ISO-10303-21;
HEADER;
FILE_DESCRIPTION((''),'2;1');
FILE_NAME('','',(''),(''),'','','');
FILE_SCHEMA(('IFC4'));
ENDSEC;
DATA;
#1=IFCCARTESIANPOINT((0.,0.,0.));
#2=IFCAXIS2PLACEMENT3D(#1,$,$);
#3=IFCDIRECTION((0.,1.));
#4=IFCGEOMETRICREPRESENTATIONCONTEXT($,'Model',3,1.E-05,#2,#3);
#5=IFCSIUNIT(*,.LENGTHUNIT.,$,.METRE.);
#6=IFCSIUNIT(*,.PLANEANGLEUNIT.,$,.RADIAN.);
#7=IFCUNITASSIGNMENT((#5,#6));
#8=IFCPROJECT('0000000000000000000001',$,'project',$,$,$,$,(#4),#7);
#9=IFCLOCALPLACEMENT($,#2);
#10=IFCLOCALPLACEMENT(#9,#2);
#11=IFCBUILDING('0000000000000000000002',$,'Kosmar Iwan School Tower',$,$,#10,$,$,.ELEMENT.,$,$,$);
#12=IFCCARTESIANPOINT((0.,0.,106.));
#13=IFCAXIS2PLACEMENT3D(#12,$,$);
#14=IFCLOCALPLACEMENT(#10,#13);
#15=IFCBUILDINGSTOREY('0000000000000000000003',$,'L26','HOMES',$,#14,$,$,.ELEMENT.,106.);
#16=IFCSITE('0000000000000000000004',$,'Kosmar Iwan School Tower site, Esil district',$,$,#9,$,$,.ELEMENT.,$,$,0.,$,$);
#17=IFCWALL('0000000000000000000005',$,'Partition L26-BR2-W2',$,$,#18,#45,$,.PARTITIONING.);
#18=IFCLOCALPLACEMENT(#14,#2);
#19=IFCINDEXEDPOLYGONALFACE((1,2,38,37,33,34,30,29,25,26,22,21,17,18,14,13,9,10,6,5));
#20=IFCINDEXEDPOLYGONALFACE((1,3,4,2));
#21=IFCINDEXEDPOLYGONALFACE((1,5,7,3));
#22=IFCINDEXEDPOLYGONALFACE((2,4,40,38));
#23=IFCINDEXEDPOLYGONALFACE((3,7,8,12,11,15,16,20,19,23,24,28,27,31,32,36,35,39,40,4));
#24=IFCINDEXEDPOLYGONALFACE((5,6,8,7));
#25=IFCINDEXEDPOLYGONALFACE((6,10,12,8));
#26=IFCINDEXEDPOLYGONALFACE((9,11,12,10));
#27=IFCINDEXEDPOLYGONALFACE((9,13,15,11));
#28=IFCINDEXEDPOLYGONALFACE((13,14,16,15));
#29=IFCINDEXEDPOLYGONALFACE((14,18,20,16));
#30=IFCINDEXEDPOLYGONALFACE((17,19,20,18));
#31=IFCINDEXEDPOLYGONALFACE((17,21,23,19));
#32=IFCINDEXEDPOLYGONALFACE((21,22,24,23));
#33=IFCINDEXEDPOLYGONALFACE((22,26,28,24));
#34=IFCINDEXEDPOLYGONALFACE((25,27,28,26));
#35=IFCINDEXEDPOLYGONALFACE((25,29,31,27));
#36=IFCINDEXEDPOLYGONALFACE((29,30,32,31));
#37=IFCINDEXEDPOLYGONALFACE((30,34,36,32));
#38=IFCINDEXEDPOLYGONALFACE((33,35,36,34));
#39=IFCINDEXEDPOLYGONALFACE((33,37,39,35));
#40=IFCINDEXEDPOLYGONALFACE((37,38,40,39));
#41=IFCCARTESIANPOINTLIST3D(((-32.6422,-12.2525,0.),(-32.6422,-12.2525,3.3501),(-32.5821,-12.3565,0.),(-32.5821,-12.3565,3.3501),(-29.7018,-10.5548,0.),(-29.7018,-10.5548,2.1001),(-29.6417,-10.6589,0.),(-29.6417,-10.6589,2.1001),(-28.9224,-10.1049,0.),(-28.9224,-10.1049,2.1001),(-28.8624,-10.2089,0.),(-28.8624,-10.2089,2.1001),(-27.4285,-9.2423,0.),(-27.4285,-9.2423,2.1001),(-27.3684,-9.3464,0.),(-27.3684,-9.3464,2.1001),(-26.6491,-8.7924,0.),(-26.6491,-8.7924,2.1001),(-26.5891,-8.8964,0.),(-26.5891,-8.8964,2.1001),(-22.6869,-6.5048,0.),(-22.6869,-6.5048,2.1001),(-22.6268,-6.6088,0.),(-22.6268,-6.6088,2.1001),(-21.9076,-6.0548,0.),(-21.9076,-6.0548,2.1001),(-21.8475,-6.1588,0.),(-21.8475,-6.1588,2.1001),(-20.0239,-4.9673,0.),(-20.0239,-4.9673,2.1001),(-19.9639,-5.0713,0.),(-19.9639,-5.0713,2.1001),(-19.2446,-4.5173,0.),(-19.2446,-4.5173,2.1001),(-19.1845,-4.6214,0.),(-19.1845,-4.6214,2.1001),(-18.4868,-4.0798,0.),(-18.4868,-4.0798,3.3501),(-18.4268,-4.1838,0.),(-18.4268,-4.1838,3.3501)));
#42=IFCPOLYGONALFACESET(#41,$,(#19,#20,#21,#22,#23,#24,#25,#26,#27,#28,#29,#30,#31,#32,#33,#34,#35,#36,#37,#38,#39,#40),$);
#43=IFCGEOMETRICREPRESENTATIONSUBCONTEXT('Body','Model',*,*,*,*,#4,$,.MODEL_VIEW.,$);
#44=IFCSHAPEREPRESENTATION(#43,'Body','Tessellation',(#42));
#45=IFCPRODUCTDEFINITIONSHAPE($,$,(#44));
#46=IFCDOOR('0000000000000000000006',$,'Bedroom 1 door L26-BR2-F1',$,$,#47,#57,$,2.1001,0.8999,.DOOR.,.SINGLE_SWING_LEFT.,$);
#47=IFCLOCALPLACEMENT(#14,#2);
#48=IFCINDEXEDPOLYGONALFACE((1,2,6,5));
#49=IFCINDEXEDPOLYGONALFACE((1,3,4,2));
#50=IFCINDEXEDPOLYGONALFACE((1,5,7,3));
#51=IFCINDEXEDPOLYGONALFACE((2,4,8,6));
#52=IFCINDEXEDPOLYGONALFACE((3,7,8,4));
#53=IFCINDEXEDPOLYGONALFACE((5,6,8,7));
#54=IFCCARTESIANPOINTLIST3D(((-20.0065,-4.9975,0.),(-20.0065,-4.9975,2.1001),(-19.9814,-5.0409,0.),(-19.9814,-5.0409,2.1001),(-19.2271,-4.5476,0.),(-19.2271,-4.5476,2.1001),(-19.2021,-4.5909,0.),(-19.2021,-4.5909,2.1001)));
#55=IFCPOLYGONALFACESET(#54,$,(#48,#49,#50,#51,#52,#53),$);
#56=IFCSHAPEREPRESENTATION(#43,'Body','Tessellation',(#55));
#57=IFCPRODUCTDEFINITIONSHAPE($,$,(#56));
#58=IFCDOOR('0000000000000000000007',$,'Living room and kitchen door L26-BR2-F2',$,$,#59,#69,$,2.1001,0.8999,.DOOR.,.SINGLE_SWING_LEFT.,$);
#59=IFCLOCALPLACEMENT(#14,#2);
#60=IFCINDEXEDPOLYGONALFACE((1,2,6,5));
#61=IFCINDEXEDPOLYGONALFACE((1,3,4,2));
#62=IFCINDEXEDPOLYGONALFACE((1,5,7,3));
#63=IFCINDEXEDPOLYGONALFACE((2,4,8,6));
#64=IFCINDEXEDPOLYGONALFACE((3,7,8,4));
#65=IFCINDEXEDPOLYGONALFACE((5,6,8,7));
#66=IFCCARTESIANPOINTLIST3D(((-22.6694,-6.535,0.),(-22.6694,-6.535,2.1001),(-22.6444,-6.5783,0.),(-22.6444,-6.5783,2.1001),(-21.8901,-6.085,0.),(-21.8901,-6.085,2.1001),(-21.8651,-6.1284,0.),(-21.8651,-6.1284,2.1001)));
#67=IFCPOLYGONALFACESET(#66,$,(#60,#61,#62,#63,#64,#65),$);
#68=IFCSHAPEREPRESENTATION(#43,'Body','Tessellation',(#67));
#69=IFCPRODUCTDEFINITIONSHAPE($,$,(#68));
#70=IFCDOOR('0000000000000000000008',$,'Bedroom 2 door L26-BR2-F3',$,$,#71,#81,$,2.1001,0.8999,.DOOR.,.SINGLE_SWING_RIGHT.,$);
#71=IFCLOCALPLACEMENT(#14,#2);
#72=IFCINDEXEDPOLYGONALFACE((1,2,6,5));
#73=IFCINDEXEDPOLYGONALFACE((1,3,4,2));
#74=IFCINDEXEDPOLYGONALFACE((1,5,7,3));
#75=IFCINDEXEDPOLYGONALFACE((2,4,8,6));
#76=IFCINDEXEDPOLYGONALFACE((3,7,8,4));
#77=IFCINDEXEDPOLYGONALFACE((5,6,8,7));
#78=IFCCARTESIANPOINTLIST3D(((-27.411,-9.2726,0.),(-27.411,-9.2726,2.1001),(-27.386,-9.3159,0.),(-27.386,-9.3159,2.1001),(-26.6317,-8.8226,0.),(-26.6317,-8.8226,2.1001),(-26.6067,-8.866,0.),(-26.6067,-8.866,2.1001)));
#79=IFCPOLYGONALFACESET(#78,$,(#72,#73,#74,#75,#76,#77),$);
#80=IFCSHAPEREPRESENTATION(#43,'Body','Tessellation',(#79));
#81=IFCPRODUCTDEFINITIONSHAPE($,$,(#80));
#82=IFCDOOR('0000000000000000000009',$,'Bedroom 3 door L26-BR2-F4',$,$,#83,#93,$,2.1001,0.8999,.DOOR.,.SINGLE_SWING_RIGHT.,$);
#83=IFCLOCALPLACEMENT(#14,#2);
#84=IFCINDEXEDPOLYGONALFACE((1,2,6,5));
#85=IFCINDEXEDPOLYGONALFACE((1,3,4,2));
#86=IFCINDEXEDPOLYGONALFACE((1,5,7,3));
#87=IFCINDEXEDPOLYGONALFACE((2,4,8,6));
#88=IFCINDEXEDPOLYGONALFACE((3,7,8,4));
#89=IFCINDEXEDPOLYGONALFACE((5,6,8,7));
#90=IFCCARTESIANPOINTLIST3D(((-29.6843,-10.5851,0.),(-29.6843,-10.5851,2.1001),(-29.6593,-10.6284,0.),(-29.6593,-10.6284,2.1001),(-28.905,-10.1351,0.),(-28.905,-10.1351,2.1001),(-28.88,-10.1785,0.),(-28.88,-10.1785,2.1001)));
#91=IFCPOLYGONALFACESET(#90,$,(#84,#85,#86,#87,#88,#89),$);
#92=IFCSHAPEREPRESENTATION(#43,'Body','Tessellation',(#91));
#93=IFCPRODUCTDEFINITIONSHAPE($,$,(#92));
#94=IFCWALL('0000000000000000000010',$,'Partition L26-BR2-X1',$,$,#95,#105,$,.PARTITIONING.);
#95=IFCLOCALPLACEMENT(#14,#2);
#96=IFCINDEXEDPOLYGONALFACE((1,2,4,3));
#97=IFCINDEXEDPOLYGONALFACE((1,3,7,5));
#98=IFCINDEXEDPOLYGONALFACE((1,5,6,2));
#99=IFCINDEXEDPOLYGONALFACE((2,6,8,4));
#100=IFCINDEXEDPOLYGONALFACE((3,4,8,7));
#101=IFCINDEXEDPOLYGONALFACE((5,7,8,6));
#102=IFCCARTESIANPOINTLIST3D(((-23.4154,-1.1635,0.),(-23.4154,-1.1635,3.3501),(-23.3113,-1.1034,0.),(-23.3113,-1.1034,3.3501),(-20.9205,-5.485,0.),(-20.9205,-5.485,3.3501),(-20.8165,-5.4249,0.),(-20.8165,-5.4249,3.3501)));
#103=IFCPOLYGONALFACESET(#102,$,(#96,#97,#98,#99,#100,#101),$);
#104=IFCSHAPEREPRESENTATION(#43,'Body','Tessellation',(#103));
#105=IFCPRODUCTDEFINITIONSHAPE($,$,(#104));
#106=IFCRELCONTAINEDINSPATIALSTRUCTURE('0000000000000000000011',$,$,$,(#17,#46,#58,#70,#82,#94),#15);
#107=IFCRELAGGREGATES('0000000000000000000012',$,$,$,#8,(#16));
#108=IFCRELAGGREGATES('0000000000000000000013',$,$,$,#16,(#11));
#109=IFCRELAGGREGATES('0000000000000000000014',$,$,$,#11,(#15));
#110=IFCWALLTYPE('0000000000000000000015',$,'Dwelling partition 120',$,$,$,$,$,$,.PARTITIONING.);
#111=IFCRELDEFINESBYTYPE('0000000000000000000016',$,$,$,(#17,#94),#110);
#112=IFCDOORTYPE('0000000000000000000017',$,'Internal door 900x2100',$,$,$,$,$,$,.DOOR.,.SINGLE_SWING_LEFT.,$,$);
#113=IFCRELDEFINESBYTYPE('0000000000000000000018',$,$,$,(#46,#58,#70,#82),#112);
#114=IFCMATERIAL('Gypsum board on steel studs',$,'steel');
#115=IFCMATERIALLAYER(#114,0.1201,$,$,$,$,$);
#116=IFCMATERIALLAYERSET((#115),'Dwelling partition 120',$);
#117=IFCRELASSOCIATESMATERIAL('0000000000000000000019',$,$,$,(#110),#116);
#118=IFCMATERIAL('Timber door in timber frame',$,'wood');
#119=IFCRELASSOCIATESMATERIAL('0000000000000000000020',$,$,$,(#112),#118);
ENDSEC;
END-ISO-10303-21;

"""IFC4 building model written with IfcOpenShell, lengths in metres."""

from ifc_helpers import new_model, si_unit, direction, frame, frame_2d, origin, place, context, subcontext, project, spatial, rectangle, extrude, material, layer, layer_set, type_object, element, fill, save


model = new_model("IFC4")

# Units and contexts
model_context = context("Model", 3, precision=1e-05, world=origin(), true_north=direction((0.0, 1.0)))
body_context = subcontext(model_context, "Body", "Model", "MODEL_VIEW")
ifc_project = project(units=[si_unit("LENGTHUNIT", "METRE"), si_unit("PLANEANGLEUNIT", "RADIAN")], contexts=[model_context])

# Site, building, storey
site_placement = place(None, origin())
site = spatial("IfcSite", under=ifc_project, at=site_placement, Name="Kosmar Iwan School Tower site, Esil district", CompositionType="ELEMENT", RefElevation=0.0)
building_placement = place(site_placement, origin())
building = spatial("IfcBuilding", under=site, at=building_placement, Name="Kosmar Iwan School Tower", CompositionType="ELEMENT")
storey_placement = place(building_placement, frame((0.0, 0.0, 106.0)))
storey = spatial("IfcBuildingStorey", under=building, at=storey_placement, Name="L26", Description="HOMES", CompositionType="ELEMENT", Elevation=106.0)

# Wall, openings, doors
ifc_material_1 = material(Name="Gypsum board on steel studs", Category="steel")
ifc_layer = layer(ifc_material_1, 0.1201)
ifc_layer_set = layer_set([ifc_layer], Name="Dwelling partition 120")
wall_type = type_object("IfcWallType", Name="Dwelling partition 120", PredefinedType="PARTITIONING", material=ifc_layer_set)
ifc_material_2 = material(Name="Timber door in timber frame", Category="wood")
door_type_1 = type_object("IfcDoorType", Name="Internal door 900x2100", OperationType="SINGLE_SWING_LEFT", PredefinedType="DOOR", material=ifc_material_2)
wall_1_placement = place(storey_placement, frame((-18.4568, -4.1318, 0.0), z_axis=(0.0, 0.0, 1.0), x_axis=(-0.866024, -0.500003, 0.0)))
wall_1 = element("IfcWall", 1, at=wall_1_placement, inside=storey, type_object=wall_type, Name="Partition L26-BR2-W2", PredefinedType="PARTITIONING", context=body_context, shape_type="SweptSolid", body=[
    extrude(rectangle(XDim=16.3452, YDim=0.1201, at=frame_2d((8.1726, 0.0))), origin(), (0.0, 0.0, 1.0), 3.3501),
])
opening_1_placement = place(wall_1_placement, frame((0.875, 0.0, 0.0)))
opening_1 = element("IfcOpeningElement", 2, at=opening_1_placement, cuts=wall_1, PredefinedType="OPENING", context=body_context, shape_type="SweptSolid", body=[
    extrude(rectangle(XDim=0.8999, YDim=2.1001, at=frame_2d((0.45, 1.05))), frame((0.0, 0.072, 0.0), z_axis=(0.0, -1.0, 0.0), x_axis=(1.0, 0.0, 0.0)), (0.0, 0.0, 1.0), 0.144),
])
opening_2_placement = place(wall_1_placement, frame((3.95, 0.0, 0.0)))
opening_2 = element("IfcOpeningElement", 3, at=opening_2_placement, cuts=wall_1, PredefinedType="OPENING", context=body_context, shape_type="SweptSolid", body=[
    extrude(rectangle(XDim=0.8999, YDim=2.1001, at=frame_2d((0.45, 1.05))), frame((0.0, 0.072, 0.0), z_axis=(0.0, -1.0, 0.0), x_axis=(1.0, 0.0, 0.0)), (0.0, 0.0, 1.0), 0.144),
])
opening_3_placement = place(wall_1_placement, frame((9.425, 0.0, 0.0)))
opening_3 = element("IfcOpeningElement", 4, at=opening_3_placement, cuts=wall_1, PredefinedType="OPENING", context=body_context, shape_type="SweptSolid", body=[
    extrude(rectangle(XDim=0.8999, YDim=2.1001, at=frame_2d((0.45, 1.05))), frame((0.0, 0.072, 0.0), z_axis=(0.0, -1.0, 0.0), x_axis=(1.0, 0.0, 0.0)), (0.0, 0.0, 1.0), 0.144),
])
opening_4_placement = place(wall_1_placement, frame((12.05, 0.0, 0.0)))
opening_4 = element("IfcOpeningElement", 5, at=opening_4_placement, cuts=wall_1, PredefinedType="OPENING", context=body_context, shape_type="SweptSolid", body=[
    extrude(rectangle(XDim=0.8999, YDim=2.1001, at=frame_2d((0.45, 1.05))), frame((0.0, 0.072, 0.0), z_axis=(0.0, -1.0, 0.0), x_axis=(1.0, 0.0, 0.0)), (0.0, 0.0, 1.0), 0.144),
])
door_1_placement = place(opening_1_placement, origin())
door_1 = element("IfcDoor", 6, at=door_1_placement, inside=storey, type_object=door_type_1, Name="Bedroom 1 door L26-BR2-F1", OperationType="SINGLE_SWING_LEFT", OverallHeight=2.1001, OverallWidth=0.8999, PredefinedType="DOOR", context=body_context, shape_type="SweptSolid", body=[
    extrude(rectangle(XDim=0.8999, YDim=2.1001, at=frame_2d((0.45, 1.05))), frame((0.0, 0.0249, 0.0), z_axis=(0.0, -1.0, 0.0), x_axis=(1.0, 0.0, 0.0)), (0.0, 0.0, 1.0), 0.05),
])
fill(opening_1, door_1)
door_2_placement = place(opening_2_placement, origin())
door_2 = element("IfcDoor", 7, at=door_2_placement, inside=storey, type_object=door_type_1, Name="Living room and kitchen door L26-BR2-F2", OperationType="SINGLE_SWING_LEFT", OverallHeight=2.1001, OverallWidth=0.8999, PredefinedType="DOOR", context=body_context, shape_type="SweptSolid", body=[
    extrude(rectangle(XDim=0.8999, YDim=2.1001, at=frame_2d((0.45, 1.05))), frame((0.0, 0.0249, 0.0), z_axis=(0.0, -1.0, 0.0), x_axis=(1.0, 0.0, 0.0)), (0.0, 0.0, 1.0), 0.05),
])
fill(opening_2, door_2)
door_3_placement = place(opening_3_placement, origin())
door_3 = element("IfcDoor", 8, at=door_3_placement, inside=storey, type_object=door_type_1, Name="Bedroom 2 door L26-BR2-F3", OperationType="SINGLE_SWING_RIGHT", OverallHeight=2.1001, OverallWidth=0.8999, PredefinedType="DOOR", context=body_context, shape_type="SweptSolid", body=[
    extrude(rectangle(XDim=0.8999, YDim=2.1001, at=frame_2d((0.45, 1.05))), frame((0.0, 0.0249, 0.0), z_axis=(0.0, -1.0, 0.0), x_axis=(1.0, 0.0, 0.0)), (0.0, 0.0, 1.0), 0.05),
])
fill(opening_3, door_3)
door_4_placement = place(opening_4_placement, origin())
door_4 = element("IfcDoor", 9, at=door_4_placement, inside=storey, type_object=door_type_1, Name="Bedroom 3 door L26-BR2-F4", OperationType="SINGLE_SWING_RIGHT", OverallHeight=2.1001, OverallWidth=0.8999, PredefinedType="DOOR", context=body_context, shape_type="SweptSolid", body=[
    extrude(rectangle(XDim=0.8999, YDim=2.1001, at=frame_2d((0.45, 1.05))), frame((0.0, 0.0249, 0.0), z_axis=(0.0, -1.0, 0.0), x_axis=(1.0, 0.0, 0.0)), (0.0, 0.0, 1.0), 0.05),
])
fill(opening_4, door_4)

# Wall
wall_2_placement = place(storey_placement, frame((-20.8684, -5.4551, 0.0), z_axis=(0.0, 0.0, 1.0), x_axis=(-0.499975, 0.86604, 0.0)))
element("IfcWall", 10, at=wall_2_placement, inside=storey, type_object=wall_type, Name="Partition L26-BR2-X1", PredefinedType="PARTITIONING", context=body_context, shape_type="SweptSolid", body=[
    extrude(rectangle(XDim=4.99, YDim=0.1201, at=frame_2d((2.4951, 0.0))), origin(), (0.0, 0.0, 1.0), 3.3501),
])

save(model, "model.ifc")
